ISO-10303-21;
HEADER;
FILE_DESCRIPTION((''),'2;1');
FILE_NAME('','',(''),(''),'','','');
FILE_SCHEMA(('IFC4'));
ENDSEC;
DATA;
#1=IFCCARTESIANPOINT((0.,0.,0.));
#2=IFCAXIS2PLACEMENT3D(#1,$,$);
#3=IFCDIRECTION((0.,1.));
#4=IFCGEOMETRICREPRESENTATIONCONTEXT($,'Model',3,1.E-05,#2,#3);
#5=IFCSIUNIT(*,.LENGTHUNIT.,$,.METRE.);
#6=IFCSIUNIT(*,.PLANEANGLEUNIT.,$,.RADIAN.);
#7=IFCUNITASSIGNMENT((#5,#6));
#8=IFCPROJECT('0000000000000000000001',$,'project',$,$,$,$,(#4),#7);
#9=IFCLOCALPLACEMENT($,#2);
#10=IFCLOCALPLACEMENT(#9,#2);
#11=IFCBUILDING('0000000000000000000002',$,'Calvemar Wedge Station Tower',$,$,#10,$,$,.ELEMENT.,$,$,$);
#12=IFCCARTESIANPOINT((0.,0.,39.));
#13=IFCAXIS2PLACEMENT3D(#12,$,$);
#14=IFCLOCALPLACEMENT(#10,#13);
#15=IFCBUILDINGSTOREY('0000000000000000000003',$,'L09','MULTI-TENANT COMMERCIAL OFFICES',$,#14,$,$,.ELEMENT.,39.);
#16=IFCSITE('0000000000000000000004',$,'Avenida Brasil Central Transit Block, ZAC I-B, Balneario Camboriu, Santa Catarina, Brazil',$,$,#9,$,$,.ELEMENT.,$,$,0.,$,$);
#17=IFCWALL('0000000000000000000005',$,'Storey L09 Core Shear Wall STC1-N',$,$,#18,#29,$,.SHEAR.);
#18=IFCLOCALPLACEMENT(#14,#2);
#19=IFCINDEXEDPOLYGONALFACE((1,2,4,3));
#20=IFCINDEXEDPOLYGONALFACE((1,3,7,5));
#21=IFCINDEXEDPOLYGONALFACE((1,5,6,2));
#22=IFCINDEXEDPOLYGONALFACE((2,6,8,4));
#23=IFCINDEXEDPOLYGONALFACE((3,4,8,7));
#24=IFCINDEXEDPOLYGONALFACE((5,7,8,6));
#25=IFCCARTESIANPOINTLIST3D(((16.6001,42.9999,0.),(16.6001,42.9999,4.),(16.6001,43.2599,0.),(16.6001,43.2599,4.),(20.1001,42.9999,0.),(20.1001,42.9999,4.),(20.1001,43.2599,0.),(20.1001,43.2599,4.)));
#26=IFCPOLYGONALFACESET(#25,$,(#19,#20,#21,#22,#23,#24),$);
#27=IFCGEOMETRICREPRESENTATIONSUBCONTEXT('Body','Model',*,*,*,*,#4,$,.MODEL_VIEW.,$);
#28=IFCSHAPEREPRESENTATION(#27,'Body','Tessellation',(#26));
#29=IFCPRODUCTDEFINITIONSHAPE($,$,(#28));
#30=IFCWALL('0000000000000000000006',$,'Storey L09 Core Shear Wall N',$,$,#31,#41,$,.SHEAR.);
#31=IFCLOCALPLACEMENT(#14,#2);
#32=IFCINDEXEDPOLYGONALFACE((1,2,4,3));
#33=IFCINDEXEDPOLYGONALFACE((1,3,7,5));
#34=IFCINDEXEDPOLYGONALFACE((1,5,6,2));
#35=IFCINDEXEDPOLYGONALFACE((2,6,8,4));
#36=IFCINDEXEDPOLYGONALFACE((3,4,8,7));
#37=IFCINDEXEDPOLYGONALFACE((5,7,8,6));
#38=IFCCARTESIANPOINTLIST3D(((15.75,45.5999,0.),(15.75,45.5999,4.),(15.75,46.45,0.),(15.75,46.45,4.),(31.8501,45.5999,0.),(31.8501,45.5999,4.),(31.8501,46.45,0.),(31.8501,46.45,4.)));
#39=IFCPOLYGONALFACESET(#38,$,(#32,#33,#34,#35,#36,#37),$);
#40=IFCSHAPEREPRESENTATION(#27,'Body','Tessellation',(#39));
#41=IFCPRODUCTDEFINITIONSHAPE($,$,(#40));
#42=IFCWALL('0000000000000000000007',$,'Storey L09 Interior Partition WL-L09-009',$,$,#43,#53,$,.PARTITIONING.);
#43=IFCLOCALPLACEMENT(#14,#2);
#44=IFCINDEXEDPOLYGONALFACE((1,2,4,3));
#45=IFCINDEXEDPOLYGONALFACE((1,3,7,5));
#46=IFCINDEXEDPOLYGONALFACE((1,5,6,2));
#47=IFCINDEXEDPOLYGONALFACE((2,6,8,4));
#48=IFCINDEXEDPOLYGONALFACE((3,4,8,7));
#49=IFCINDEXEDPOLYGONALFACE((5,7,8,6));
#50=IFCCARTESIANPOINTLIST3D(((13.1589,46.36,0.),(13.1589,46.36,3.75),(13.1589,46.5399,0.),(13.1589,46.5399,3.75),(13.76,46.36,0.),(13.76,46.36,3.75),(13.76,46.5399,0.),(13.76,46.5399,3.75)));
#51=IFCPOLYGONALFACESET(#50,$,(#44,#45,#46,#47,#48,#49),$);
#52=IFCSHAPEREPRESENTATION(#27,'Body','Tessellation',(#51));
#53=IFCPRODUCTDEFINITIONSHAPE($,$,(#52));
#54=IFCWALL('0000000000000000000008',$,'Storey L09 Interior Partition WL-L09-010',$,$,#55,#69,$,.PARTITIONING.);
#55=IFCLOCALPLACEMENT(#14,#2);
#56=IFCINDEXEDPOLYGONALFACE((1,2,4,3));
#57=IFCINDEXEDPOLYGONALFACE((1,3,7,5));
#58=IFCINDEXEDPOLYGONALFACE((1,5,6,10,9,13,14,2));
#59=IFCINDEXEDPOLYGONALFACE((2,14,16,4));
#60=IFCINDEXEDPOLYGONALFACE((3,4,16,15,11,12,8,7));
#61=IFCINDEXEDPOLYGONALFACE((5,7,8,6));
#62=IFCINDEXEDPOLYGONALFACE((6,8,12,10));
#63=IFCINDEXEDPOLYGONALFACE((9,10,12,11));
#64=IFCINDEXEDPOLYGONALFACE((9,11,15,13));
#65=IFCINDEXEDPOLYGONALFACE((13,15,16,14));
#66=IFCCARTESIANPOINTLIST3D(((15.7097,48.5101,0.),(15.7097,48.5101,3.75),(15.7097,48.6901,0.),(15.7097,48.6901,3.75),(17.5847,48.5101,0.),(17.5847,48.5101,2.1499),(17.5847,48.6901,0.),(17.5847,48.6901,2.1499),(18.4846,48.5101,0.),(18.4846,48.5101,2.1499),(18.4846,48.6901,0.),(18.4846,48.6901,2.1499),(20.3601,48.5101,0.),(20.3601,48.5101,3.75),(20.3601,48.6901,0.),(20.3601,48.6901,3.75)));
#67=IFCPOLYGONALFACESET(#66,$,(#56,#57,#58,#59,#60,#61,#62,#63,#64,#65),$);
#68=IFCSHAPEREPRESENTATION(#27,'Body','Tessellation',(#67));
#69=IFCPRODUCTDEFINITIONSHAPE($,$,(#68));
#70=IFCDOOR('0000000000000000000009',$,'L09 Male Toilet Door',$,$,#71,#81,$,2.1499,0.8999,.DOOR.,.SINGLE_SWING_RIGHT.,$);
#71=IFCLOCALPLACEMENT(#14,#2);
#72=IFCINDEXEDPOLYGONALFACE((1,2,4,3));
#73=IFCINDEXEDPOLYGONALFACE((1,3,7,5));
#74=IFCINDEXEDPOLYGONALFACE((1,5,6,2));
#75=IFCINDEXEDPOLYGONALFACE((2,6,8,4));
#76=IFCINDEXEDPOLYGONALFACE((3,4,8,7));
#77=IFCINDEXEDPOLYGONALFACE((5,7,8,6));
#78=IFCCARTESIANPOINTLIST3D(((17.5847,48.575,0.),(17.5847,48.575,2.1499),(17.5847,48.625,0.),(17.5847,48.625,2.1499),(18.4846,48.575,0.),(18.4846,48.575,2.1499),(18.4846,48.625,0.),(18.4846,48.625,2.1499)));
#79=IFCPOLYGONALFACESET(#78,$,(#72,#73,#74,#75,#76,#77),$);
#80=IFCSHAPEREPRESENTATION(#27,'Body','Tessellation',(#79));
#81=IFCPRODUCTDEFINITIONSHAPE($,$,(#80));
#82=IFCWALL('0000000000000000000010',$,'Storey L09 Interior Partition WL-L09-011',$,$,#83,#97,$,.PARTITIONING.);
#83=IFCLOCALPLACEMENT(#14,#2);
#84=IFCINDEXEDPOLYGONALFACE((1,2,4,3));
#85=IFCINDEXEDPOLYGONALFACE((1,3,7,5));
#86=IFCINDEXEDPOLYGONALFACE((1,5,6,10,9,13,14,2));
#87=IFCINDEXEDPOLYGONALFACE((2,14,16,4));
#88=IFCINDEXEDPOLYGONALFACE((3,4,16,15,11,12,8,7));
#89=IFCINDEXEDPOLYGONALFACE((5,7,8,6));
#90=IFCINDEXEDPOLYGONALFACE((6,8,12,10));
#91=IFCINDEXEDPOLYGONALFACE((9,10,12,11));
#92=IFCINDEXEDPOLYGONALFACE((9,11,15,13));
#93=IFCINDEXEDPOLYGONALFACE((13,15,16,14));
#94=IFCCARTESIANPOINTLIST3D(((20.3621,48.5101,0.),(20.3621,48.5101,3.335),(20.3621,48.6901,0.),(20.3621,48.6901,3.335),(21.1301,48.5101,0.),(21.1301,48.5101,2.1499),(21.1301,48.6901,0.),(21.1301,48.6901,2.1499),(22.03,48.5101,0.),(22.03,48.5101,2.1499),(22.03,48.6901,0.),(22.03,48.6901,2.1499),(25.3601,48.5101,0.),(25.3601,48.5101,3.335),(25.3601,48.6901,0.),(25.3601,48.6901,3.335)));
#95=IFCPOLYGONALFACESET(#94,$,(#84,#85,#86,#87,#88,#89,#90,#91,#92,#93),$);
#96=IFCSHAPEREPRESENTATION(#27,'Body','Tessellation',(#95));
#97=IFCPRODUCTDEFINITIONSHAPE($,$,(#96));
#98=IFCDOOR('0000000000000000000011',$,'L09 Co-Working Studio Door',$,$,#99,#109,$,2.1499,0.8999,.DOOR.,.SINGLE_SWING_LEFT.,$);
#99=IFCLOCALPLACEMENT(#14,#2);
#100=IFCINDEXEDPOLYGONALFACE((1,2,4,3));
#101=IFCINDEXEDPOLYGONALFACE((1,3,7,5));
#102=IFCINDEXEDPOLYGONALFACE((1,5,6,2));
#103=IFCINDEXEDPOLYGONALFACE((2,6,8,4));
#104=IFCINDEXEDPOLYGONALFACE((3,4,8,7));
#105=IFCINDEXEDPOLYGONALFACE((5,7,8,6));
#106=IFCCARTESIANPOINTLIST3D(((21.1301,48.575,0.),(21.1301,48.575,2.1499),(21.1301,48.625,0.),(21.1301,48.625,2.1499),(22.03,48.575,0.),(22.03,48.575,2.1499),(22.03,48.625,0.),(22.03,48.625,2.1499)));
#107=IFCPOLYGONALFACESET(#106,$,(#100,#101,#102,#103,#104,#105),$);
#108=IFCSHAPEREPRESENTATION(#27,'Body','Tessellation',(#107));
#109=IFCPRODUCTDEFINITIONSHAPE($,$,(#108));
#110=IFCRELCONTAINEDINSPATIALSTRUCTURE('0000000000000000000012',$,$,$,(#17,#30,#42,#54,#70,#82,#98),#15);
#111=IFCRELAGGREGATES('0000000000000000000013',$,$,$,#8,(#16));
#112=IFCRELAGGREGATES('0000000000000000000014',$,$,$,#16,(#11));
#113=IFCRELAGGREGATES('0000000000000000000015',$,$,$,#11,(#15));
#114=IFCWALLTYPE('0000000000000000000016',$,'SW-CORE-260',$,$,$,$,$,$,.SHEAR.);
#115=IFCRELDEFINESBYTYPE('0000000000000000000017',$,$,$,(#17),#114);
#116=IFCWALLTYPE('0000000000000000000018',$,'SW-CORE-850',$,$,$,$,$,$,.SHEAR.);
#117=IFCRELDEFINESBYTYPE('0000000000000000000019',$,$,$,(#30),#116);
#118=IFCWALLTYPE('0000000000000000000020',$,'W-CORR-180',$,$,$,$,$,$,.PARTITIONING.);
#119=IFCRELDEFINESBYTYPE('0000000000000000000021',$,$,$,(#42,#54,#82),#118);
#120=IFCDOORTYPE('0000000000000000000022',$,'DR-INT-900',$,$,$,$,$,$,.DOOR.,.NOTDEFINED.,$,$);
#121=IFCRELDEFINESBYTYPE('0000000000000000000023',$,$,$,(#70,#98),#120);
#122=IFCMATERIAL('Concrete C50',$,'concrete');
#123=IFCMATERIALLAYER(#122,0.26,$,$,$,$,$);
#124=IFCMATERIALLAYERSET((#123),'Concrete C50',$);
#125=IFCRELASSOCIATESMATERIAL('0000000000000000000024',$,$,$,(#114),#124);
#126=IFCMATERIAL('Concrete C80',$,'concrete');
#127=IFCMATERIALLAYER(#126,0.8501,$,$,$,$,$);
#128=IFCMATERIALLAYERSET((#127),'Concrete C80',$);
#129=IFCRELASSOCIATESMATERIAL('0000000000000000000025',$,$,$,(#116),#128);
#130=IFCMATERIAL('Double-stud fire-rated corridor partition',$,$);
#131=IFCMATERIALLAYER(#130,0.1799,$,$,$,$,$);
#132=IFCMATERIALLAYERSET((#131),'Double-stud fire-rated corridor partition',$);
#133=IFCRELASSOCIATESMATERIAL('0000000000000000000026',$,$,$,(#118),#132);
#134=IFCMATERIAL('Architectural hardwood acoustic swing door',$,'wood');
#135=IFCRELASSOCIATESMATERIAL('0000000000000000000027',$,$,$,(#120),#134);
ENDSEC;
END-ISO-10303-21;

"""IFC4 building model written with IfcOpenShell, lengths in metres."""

from ifc_helpers import new_model, si_unit, direction, frame, frame_2d, origin, place, context, subcontext, project, spatial, rectangle, extrude, source, transform, mapped, material, layer, layer_set, type_object, element, fill, save


model = new_model("IFC4")

# Units and contexts
model_context = context("Model", 3, precision=1e-05, world=origin(), true_north=direction((0.0, 1.0)))
body_context = subcontext(model_context, "Body", "Model", "MODEL_VIEW")
ifc_project = project(units=[si_unit("LENGTHUNIT", "METRE"), si_unit("PLANEANGLEUNIT", "RADIAN")], contexts=[model_context])

# Site, building, storey
site_placement = place(None, origin())
site = spatial("IfcSite", under=ifc_project, at=site_placement, Name="Avenida Brasil Central Transit Block, ZAC I-B, Balneario Camboriu, Santa Catarina, Brazil", CompositionType="ELEMENT", RefElevation=0.0)
building_placement = place(site_placement, origin())
building = spatial("IfcBuilding", under=site, at=building_placement, Name="Calvemar Wedge Station Tower", CompositionType="ELEMENT")
storey_placement = place(building_placement, frame((0.0, 0.0, 39.0)))
storey = spatial("IfcBuildingStorey", under=building, at=storey_placement, Name="L09", Description="MULTI-TENANT COMMERCIAL OFFICES", CompositionType="ELEMENT", Elevation=39.0)

# Walls
ifc_material_1 = material(Name="Concrete C50", Category="concrete")
ifc_layer_1 = layer(ifc_material_1, 0.26)
ifc_layer_set_1 = layer_set([ifc_layer_1], Name="Concrete C50")
wall_type_1 = type_object("IfcWallType", Name="SW-CORE-260", PredefinedType="SHEAR", material=ifc_layer_set_1)
wall_1_placement = place(storey_placement, frame((16.6001, 43.1299, 0.0), z_axis=(0.0, 0.0, 1.0), x_axis=(1.0, 0.0, 0.0)))
element("IfcWall", 1, at=wall_1_placement, inside=storey, type_object=wall_type_1, Name="Storey L09 Core Shear Wall STC1-N", PredefinedType="SHEAR", context=body_context, shape_type="SweptSolid", body=[
    extrude(rectangle(XDim=3.5, YDim=0.26, at=frame_2d((1.75, 0.0))), origin(), (0.0, 0.0, 1.0), 4.0),
])
ifc_material_2 = material(Name="Concrete C80", Category="concrete")
ifc_layer_2 = layer(ifc_material_2, 0.8501)
ifc_layer_set_2 = layer_set([ifc_layer_2], Name="Concrete C80")
wall_type_2 = type_object("IfcWallType", Name="SW-CORE-850", PredefinedType="SHEAR", material=ifc_layer_set_2)
wall_2_placement = place(storey_placement, frame((15.75, 46.0249, 0.0), z_axis=(0.0, 0.0, 1.0), x_axis=(1.0, 0.0, 0.0)))
element("IfcWall", 2, at=wall_2_placement, inside=storey, type_object=wall_type_2, Name="Storey L09 Core Shear Wall N", PredefinedType="SHEAR", context=body_context, shape_type="SweptSolid", body=[
    extrude(rectangle(XDim=16.1001, YDim=0.8501, at=frame_2d((8.05, 0.0))), origin(), (0.0, 0.0, 1.0), 4.0),
])
ifc_material_3 = material(Name="Double-stud fire-rated corridor partition")
ifc_layer_3 = layer(ifc_material_3, 0.1799)
ifc_layer_set_3 = layer_set([ifc_layer_3], Name="Double-stud fire-rated corridor partition")
wall_type_3 = type_object("IfcWallType", Name="W-CORR-180", PredefinedType="PARTITIONING", material=ifc_layer_set_3)
wall_3_placement = place(storey_placement, frame((13.76, 46.45, 0.0), z_axis=(0.0, 0.0, 1.0), x_axis=(-1.0, 0.0, 0.0)))
element("IfcWall", 3, at=wall_3_placement, inside=storey, type_object=wall_type_3, Name="Storey L09 Interior Partition WL-L09-009", PredefinedType="PARTITIONING", context=body_context, shape_type="SweptSolid", body=[
    extrude(rectangle(XDim=0.6011, YDim=0.1799, at=frame_2d((0.3005, 0.0))), origin(), (0.0, 0.0, 1.0), 3.75),
])

# Walls, openings, doors
wall_4_placement = place(storey_placement, frame((15.7097, 48.6001, 0.0), z_axis=(0.0, 0.0, 1.0), x_axis=(1.0, 0.0, 0.0)))
wall_4 = element("IfcWall", 4, at=wall_4_placement, inside=storey, type_object=wall_type_3, Name="Storey L09 Interior Partition WL-L09-010", PredefinedType="PARTITIONING", context=body_context, shape_type="SweptSolid", body=[
    extrude(rectangle(XDim=4.6504, YDim=0.1799, at=frame_2d((2.3252, 0.0))), origin(), (0.0, 0.0, 1.0), 3.75),
])
shared_shape_1 = source(origin(), body_context, "Body", "SweptSolid", [
    extrude(rectangle(XDim=0.8999, YDim=2.1499, at=frame_2d((0.45, 1.075))), frame((0.0, 0.1001, 0.0), z_axis=(0.0, -1.0, 0.0), x_axis=(1.0, 0.0, 0.0)), (0.0, 0.0, 1.0), 0.2),
])
opening_1_placement = place(wall_4_placement, frame((1.875, 0.0, 0.0)))
opening_1 = element("IfcOpeningElement", 5, at=opening_1_placement, cuts=wall_4, PredefinedType="OPENING", context=body_context, shape_type="MappedRepresentation", body=[
    mapped(shared_shape_1, transform((0.0, 0.0, 0.0), scale=1.0)),
])
ifc_material_4 = material(Name="Architectural hardwood acoustic swing door", Category="wood")
door_type_1 = type_object("IfcDoorType", Name="DR-INT-900", OperationType="NOTDEFINED", PredefinedType="DOOR", material=ifc_material_4)
shared_shape_2 = source(origin(), body_context, "Body", "SweptSolid", [
    extrude(rectangle(XDim=0.8999, YDim=2.1499, at=frame_2d((0.45, 1.075))), frame((0.0, 0.0249, 0.0), z_axis=(0.0, -1.0, 0.0), x_axis=(1.0, 0.0, 0.0)), (0.0, 0.0, 1.0), 0.05),
])
door_1_placement = place(opening_1_placement, origin())
door_1 = element("IfcDoor", 6, at=door_1_placement, inside=storey, type_object=door_type_1, Name="L09 Male Toilet Door", OperationType="SINGLE_SWING_RIGHT", OverallHeight=2.1499, OverallWidth=0.8999, PredefinedType="DOOR", context=body_context, shape_type="MappedRepresentation", body=[
    mapped(shared_shape_2, transform((0.0, 0.0, 0.0), scale=1.0)),
])
fill(opening_1, door_1)
wall_5_placement = place(storey_placement, frame((20.3621, 48.6001, 0.0), z_axis=(0.0, 0.0, 1.0), x_axis=(1.0, 0.0, 0.0)))
wall_5 = element("IfcWall", 7, at=wall_5_placement, inside=storey, type_object=wall_type_3, Name="Storey L09 Interior Partition WL-L09-011", PredefinedType="PARTITIONING", context=body_context, shape_type="SweptSolid", body=[
    extrude(rectangle(XDim=4.998, YDim=0.1799, at=frame_2d((2.499, 0.0))), origin(), (0.0, 0.0, 1.0), 3.335),
])
opening_2_placement = place(wall_5_placement, frame((0.7681, 0.0, 0.0)))
opening_2 = element("IfcOpeningElement", 8, at=opening_2_placement, cuts=wall_5, PredefinedType="OPENING", context=body_context, shape_type="MappedRepresentation", body=[
    mapped(shared_shape_1, transform((0.0, 0.0, 0.0), scale=1.0)),
])
door_2_placement = place(opening_2_placement, origin())
door_2 = element("IfcDoor", 9, at=door_2_placement, inside=storey, type_object=door_type_1, Name="L09 Co-Working Studio Door", OperationType="SINGLE_SWING_LEFT", OverallHeight=2.1499, OverallWidth=0.8999, PredefinedType="DOOR", context=body_context, shape_type="MappedRepresentation", body=[
    mapped(shared_shape_2, transform((0.0, 0.0, 0.0), scale=1.0)),
])
fill(opening_2, door_2)

save(model, "model.ifc")
